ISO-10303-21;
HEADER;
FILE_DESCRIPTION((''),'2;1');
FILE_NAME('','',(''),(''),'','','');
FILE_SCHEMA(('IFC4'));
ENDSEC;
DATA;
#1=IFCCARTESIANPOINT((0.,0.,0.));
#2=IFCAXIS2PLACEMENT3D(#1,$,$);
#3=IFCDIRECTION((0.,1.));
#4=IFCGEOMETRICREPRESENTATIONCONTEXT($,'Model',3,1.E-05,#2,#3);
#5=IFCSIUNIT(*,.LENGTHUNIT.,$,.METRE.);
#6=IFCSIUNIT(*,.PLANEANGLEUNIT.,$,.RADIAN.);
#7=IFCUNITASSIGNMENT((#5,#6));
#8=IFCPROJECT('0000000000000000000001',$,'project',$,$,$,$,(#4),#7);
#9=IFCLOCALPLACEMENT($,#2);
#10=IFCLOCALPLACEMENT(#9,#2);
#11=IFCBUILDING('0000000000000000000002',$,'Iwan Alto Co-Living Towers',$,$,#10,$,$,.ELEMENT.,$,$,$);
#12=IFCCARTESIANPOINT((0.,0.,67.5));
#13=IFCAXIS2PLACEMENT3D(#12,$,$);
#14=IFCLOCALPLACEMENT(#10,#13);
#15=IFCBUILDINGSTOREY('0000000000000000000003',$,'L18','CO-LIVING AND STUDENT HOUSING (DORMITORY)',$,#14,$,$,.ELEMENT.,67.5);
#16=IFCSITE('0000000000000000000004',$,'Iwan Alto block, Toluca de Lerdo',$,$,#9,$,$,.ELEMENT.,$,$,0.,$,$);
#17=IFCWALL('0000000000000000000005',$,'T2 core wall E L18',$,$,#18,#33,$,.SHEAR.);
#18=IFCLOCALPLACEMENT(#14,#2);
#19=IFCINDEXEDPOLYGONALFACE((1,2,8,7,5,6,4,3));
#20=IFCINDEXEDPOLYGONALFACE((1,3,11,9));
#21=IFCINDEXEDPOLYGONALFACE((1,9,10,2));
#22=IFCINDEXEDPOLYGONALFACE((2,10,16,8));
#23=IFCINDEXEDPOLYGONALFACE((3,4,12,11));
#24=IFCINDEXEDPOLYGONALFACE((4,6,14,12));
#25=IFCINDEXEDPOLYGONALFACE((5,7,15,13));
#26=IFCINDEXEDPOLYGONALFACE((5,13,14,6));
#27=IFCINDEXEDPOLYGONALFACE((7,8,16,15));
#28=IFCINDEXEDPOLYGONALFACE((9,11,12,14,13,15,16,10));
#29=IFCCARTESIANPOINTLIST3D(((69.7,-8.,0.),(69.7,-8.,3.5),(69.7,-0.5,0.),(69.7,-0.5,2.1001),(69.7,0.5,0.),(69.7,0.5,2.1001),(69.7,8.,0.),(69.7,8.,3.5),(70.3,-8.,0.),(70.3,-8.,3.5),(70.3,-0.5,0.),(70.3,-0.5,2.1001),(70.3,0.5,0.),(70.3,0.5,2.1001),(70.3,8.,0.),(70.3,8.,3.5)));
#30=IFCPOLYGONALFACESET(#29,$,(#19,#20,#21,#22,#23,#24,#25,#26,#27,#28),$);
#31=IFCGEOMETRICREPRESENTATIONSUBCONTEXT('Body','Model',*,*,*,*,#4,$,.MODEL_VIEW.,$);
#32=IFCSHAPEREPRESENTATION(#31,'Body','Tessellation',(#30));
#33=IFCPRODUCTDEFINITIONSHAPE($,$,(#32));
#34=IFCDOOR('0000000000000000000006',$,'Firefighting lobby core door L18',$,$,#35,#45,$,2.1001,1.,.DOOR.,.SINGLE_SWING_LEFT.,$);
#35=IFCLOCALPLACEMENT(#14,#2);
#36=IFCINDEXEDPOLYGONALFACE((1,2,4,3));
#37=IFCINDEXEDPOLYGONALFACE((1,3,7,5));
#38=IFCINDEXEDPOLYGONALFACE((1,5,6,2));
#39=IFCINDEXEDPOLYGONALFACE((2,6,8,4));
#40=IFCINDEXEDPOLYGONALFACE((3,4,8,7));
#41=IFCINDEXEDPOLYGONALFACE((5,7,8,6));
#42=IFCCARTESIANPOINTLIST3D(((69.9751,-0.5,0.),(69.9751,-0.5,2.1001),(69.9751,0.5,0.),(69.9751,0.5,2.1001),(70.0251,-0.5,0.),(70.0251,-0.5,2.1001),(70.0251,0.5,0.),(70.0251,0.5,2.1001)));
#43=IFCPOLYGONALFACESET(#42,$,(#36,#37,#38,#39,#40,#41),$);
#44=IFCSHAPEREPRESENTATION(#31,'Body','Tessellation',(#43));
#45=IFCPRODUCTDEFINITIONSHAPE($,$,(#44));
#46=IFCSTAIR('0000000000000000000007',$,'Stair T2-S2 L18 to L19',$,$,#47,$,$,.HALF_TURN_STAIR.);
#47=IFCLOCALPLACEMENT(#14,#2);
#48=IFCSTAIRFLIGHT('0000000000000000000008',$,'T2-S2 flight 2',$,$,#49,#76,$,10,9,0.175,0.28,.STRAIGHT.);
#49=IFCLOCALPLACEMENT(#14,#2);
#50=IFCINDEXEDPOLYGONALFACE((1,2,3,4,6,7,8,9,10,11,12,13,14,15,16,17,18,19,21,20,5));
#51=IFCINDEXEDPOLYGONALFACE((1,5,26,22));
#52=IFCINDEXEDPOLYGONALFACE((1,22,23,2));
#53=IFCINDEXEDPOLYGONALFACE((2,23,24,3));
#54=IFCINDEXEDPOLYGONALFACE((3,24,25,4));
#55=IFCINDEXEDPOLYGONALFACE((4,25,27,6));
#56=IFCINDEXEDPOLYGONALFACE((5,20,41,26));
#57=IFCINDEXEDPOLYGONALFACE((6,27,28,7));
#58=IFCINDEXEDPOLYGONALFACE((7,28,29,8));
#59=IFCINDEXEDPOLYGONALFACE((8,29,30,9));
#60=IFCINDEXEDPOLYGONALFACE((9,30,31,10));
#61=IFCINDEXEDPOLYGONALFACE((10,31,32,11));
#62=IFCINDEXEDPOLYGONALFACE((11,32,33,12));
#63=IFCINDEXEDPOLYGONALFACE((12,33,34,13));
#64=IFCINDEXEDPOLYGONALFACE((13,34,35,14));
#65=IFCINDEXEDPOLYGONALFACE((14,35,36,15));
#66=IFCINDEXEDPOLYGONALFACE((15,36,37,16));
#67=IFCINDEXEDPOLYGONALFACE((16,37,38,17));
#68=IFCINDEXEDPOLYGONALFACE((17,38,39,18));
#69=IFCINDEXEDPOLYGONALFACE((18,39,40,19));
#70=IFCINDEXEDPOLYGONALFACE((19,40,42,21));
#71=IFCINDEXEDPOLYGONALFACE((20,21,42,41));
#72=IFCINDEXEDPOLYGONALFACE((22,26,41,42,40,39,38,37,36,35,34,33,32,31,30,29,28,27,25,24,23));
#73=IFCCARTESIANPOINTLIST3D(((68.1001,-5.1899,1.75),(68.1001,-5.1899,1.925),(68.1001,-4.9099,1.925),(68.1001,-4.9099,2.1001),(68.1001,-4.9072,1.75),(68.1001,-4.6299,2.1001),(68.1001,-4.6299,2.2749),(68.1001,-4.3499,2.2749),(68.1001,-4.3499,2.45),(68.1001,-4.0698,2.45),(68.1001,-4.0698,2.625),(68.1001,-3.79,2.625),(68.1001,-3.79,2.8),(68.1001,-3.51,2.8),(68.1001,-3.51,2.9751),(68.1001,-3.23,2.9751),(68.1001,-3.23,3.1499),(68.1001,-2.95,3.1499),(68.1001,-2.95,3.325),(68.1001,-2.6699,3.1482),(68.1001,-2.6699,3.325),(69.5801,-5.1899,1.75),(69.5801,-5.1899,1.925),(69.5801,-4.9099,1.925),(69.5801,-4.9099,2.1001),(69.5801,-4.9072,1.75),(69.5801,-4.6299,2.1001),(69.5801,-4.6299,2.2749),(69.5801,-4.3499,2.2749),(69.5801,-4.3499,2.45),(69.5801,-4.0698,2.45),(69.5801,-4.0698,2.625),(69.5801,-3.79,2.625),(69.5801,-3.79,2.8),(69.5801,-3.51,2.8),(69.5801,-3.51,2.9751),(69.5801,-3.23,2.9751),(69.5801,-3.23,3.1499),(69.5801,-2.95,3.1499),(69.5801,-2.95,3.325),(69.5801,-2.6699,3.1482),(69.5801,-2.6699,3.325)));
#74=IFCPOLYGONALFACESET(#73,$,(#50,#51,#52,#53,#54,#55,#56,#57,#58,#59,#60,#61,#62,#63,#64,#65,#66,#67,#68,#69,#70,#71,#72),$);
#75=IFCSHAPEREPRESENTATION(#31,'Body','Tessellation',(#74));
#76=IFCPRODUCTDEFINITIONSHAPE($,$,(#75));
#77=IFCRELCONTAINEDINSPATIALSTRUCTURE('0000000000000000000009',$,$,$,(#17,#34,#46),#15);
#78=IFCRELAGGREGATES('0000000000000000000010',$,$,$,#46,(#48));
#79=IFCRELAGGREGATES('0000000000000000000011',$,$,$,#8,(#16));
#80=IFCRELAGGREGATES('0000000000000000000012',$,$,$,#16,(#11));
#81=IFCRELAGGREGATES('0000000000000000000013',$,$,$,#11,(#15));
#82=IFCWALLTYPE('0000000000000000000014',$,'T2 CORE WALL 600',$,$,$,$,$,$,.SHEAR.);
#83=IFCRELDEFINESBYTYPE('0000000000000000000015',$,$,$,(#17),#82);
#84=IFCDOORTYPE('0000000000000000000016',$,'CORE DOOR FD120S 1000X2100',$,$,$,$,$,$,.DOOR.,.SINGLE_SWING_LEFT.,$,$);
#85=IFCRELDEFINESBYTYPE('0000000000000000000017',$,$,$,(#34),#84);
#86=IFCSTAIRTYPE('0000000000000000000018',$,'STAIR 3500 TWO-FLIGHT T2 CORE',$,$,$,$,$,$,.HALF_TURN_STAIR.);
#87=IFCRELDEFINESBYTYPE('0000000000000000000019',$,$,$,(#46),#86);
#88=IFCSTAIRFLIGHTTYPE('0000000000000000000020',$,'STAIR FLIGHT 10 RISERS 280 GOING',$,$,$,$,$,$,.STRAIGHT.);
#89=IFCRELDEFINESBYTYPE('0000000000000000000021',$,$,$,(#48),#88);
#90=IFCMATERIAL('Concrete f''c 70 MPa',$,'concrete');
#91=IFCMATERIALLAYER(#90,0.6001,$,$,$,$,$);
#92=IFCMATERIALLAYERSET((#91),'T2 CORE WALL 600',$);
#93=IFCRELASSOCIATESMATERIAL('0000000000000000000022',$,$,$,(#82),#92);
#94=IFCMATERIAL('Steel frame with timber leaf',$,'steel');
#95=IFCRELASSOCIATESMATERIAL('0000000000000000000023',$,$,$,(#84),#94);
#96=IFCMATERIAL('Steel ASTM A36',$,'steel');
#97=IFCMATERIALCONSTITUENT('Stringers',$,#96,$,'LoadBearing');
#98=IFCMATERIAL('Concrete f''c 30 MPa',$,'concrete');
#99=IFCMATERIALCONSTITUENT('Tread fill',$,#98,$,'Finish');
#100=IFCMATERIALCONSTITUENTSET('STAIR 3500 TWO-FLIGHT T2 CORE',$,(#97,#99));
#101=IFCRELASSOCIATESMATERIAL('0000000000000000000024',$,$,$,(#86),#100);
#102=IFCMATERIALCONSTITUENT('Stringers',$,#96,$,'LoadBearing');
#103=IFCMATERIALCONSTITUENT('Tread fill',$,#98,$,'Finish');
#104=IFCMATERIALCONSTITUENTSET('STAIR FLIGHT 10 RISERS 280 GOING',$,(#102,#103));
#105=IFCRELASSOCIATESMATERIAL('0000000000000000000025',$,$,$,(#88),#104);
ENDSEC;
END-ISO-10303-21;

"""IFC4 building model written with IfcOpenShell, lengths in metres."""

from ifc_helpers import new_model, si_unit, direction, frame, frame_2d, origin, place, context, subcontext, project, spatial, polyline, rectangle, outline, extrude, material, layer, layer_set, constituent, constituent_set, type_object, element, fill, aggregate, save


model = new_model("IFC4")

# Units and contexts
model_context = context("Model", 3, precision=1e-05, world=origin(), true_north=direction((0.0, 1.0)))
body_context = subcontext(model_context, "Body", "Model", "MODEL_VIEW")
ifc_project = project(units=[si_unit("LENGTHUNIT", "METRE"), si_unit("PLANEANGLEUNIT", "RADIAN")], contexts=[model_context])

# Site, building, storey
site_placement = place(None, origin())
site = spatial("IfcSite", under=ifc_project, at=site_placement, Name="Iwan Alto block, Toluca de Lerdo", CompositionType="ELEMENT", RefElevation=0.0)
building_placement = place(site_placement, origin())
building = spatial("IfcBuilding", under=site, at=building_placement, Name="Iwan Alto Co-Living Towers", CompositionType="ELEMENT")
storey_placement = place(building_placement, frame((0.0, 0.0, 67.5)))
storey = spatial("IfcBuildingStorey", under=building, at=storey_placement, Name="L18", Description="CO-LIVING AND STUDENT HOUSING (DORMITORY)", CompositionType="ELEMENT", Elevation=67.5)

# Wall, opening, door
ifc_material_1 = material(Name="Concrete f'c 70 MPa", Category="concrete")
ifc_layer_1 = layer(ifc_material_1, 0.6001)
ifc_layer_set_1 = layer_set([ifc_layer_1], Name="T2 CORE WALL 600")
wall_type_1 = type_object("IfcWallType", Name="T2 CORE WALL 600", PredefinedType="SHEAR", material=ifc_layer_set_1)
wall_1_placement = place(storey_placement, frame((70.0, -8.0, 0.0), z_axis=(0.0, 0.0, 1.0), x_axis=(0.0, 1.0, 0.0)))
wall_1 = element("IfcWall", 1, at=wall_1_placement, inside=storey, type_object=wall_type_1, Name="T2 core wall E L18", PredefinedType="SHEAR", context=body_context, shape_type="SweptSolid", body=[
    extrude(rectangle(XDim=16.0, YDim=0.6001, at=frame_2d((8.0, 0.0))), origin(), (0.0, 0.0, 1.0), 3.5),
])
opening_1_placement = place(wall_1_placement, frame((7.5, 0.0, 0.0)))
opening_1 = element("IfcOpeningElement", 2, at=opening_1_placement, cuts=wall_1, PredefinedType="OPENING", context=body_context, shape_type="SweptSolid", body=[
    extrude(rectangle(XDim=1.0, YDim=2.1001, at=frame_2d((0.5, 1.05))), frame((0.0, 0.3101, 0.0), z_axis=(0.0, -1.0, 0.0), x_axis=(1.0, 0.0, 0.0)), (0.0, 0.0, 1.0), 0.6201),
])
ifc_material_2 = material(Name="Steel frame with timber leaf", Category="steel")
door_type_1 = type_object("IfcDoorType", Name="CORE DOOR FD120S 1000X2100", OperationType="SINGLE_SWING_LEFT", PredefinedType="DOOR", material=ifc_material_2)
door_1_placement = place(opening_1_placement, origin())
door_1 = element("IfcDoor", 3, at=door_1_placement, inside=storey, type_object=door_type_1, Name="Firefighting lobby core door L18", OperationType="SINGLE_SWING_LEFT", OverallHeight=2.1001, OverallWidth=1.0, PredefinedType="DOOR", context=body_context, shape_type="SweptSolid", body=[
    extrude(rectangle(XDim=1.0, YDim=2.1001, at=frame_2d((0.5, 1.05))), frame((0.0, 0.0249, 0.0), z_axis=(0.0, -1.0, 0.0), x_axis=(1.0, 0.0, 0.0)), (0.0, 0.0, 1.0), 0.05),
])
fill(opening_1, door_1)

# Stair, stair flight
ifc_material_3 = material(Name="Steel ASTM A36", Category="steel")
ifc_constituent_1 = constituent(ifc_material_3, Name="Stringers", Category="LoadBearing")
ifc_material_4 = material(Name="Concrete f'c 30 MPa", Category="concrete")
ifc_constituent_2 = constituent(ifc_material_4, Name="Tread fill", Category="Finish")
ifc_constituent_set_1 = constituent_set(constituents=[ifc_constituent_1, ifc_constituent_2], Name="STAIR 3500 TWO-FLIGHT T2 CORE")
stair_type = type_object("IfcStairType", Name="STAIR 3500 TWO-FLIGHT T2 CORE", PredefinedType="HALF_TURN_STAIR", material=ifc_constituent_set_1)
stair_placement = place(storey_placement, origin())
stair = element("IfcStair", 4, at=stair_placement, inside=storey, type_object=stair_type, Name="Stair T2-S2 L18 to L19", PredefinedType="HALF_TURN_STAIR")
ifc_constituent_3 = constituent(ifc_material_3, Name="Stringers", Category="LoadBearing")
ifc_constituent_4 = constituent(ifc_material_4, Name="Tread fill", Category="Finish")
ifc_constituent_set_2 = constituent_set(constituents=[ifc_constituent_3, ifc_constituent_4], Name="STAIR FLIGHT 10 RISERS 280 GOING")
stair_flight_type = type_object("IfcStairFlightType", Name="STAIR FLIGHT 10 RISERS 280 GOING", PredefinedType="STRAIGHT", material=ifc_constituent_set_2)
stair_flight_placement = place(storey_placement, frame((68.8401, -5.1899, 1.75), z_axis=(0.0, 0.0, 1.0), x_axis=(0.0, 1.0, 0.0)))
stair_flight = element("IfcStairFlight", 5, at=stair_flight_placement, type_object=stair_flight_type, Name="T2-S2 flight 2", NumberOfRisers=10, NumberOfTreads=9, PredefinedType="STRAIGHT", RiserHeight=0.175, TreadLength=0.28, context=body_context, shape_type="SweptSolid", body=[
    extrude(outline(polyline([(0.0, 0.0), (0.0, 0.175), (0.28, 0.175), (0.28, 0.3501), (0.5601, 0.3501), (0.5601, 0.5249), (0.8401, 0.5249), (0.8401, 0.7), (1.1201, 0.7), (1.1201, 0.875), (1.3999, 0.875), (1.3999, 1.05), (1.6799, 1.05), (1.6799, 1.2251), (1.96, 1.2251), (1.96, 1.3999), (2.24, 1.3999), (2.24, 1.575), (2.52, 1.575), (2.52, 1.75), (2.52, 1.3982), (0.2827, 0.0), (0.0, 0.0)])), frame((0.0, 0.74, 0.0), z_axis=(0.0, -1.0, 0.0), x_axis=(1.0, 0.0, 0.0)), (0.0, 0.0, 1.0), 1.48),
])
aggregate(stair, [stair_flight])

save(model, "model.ifc")
